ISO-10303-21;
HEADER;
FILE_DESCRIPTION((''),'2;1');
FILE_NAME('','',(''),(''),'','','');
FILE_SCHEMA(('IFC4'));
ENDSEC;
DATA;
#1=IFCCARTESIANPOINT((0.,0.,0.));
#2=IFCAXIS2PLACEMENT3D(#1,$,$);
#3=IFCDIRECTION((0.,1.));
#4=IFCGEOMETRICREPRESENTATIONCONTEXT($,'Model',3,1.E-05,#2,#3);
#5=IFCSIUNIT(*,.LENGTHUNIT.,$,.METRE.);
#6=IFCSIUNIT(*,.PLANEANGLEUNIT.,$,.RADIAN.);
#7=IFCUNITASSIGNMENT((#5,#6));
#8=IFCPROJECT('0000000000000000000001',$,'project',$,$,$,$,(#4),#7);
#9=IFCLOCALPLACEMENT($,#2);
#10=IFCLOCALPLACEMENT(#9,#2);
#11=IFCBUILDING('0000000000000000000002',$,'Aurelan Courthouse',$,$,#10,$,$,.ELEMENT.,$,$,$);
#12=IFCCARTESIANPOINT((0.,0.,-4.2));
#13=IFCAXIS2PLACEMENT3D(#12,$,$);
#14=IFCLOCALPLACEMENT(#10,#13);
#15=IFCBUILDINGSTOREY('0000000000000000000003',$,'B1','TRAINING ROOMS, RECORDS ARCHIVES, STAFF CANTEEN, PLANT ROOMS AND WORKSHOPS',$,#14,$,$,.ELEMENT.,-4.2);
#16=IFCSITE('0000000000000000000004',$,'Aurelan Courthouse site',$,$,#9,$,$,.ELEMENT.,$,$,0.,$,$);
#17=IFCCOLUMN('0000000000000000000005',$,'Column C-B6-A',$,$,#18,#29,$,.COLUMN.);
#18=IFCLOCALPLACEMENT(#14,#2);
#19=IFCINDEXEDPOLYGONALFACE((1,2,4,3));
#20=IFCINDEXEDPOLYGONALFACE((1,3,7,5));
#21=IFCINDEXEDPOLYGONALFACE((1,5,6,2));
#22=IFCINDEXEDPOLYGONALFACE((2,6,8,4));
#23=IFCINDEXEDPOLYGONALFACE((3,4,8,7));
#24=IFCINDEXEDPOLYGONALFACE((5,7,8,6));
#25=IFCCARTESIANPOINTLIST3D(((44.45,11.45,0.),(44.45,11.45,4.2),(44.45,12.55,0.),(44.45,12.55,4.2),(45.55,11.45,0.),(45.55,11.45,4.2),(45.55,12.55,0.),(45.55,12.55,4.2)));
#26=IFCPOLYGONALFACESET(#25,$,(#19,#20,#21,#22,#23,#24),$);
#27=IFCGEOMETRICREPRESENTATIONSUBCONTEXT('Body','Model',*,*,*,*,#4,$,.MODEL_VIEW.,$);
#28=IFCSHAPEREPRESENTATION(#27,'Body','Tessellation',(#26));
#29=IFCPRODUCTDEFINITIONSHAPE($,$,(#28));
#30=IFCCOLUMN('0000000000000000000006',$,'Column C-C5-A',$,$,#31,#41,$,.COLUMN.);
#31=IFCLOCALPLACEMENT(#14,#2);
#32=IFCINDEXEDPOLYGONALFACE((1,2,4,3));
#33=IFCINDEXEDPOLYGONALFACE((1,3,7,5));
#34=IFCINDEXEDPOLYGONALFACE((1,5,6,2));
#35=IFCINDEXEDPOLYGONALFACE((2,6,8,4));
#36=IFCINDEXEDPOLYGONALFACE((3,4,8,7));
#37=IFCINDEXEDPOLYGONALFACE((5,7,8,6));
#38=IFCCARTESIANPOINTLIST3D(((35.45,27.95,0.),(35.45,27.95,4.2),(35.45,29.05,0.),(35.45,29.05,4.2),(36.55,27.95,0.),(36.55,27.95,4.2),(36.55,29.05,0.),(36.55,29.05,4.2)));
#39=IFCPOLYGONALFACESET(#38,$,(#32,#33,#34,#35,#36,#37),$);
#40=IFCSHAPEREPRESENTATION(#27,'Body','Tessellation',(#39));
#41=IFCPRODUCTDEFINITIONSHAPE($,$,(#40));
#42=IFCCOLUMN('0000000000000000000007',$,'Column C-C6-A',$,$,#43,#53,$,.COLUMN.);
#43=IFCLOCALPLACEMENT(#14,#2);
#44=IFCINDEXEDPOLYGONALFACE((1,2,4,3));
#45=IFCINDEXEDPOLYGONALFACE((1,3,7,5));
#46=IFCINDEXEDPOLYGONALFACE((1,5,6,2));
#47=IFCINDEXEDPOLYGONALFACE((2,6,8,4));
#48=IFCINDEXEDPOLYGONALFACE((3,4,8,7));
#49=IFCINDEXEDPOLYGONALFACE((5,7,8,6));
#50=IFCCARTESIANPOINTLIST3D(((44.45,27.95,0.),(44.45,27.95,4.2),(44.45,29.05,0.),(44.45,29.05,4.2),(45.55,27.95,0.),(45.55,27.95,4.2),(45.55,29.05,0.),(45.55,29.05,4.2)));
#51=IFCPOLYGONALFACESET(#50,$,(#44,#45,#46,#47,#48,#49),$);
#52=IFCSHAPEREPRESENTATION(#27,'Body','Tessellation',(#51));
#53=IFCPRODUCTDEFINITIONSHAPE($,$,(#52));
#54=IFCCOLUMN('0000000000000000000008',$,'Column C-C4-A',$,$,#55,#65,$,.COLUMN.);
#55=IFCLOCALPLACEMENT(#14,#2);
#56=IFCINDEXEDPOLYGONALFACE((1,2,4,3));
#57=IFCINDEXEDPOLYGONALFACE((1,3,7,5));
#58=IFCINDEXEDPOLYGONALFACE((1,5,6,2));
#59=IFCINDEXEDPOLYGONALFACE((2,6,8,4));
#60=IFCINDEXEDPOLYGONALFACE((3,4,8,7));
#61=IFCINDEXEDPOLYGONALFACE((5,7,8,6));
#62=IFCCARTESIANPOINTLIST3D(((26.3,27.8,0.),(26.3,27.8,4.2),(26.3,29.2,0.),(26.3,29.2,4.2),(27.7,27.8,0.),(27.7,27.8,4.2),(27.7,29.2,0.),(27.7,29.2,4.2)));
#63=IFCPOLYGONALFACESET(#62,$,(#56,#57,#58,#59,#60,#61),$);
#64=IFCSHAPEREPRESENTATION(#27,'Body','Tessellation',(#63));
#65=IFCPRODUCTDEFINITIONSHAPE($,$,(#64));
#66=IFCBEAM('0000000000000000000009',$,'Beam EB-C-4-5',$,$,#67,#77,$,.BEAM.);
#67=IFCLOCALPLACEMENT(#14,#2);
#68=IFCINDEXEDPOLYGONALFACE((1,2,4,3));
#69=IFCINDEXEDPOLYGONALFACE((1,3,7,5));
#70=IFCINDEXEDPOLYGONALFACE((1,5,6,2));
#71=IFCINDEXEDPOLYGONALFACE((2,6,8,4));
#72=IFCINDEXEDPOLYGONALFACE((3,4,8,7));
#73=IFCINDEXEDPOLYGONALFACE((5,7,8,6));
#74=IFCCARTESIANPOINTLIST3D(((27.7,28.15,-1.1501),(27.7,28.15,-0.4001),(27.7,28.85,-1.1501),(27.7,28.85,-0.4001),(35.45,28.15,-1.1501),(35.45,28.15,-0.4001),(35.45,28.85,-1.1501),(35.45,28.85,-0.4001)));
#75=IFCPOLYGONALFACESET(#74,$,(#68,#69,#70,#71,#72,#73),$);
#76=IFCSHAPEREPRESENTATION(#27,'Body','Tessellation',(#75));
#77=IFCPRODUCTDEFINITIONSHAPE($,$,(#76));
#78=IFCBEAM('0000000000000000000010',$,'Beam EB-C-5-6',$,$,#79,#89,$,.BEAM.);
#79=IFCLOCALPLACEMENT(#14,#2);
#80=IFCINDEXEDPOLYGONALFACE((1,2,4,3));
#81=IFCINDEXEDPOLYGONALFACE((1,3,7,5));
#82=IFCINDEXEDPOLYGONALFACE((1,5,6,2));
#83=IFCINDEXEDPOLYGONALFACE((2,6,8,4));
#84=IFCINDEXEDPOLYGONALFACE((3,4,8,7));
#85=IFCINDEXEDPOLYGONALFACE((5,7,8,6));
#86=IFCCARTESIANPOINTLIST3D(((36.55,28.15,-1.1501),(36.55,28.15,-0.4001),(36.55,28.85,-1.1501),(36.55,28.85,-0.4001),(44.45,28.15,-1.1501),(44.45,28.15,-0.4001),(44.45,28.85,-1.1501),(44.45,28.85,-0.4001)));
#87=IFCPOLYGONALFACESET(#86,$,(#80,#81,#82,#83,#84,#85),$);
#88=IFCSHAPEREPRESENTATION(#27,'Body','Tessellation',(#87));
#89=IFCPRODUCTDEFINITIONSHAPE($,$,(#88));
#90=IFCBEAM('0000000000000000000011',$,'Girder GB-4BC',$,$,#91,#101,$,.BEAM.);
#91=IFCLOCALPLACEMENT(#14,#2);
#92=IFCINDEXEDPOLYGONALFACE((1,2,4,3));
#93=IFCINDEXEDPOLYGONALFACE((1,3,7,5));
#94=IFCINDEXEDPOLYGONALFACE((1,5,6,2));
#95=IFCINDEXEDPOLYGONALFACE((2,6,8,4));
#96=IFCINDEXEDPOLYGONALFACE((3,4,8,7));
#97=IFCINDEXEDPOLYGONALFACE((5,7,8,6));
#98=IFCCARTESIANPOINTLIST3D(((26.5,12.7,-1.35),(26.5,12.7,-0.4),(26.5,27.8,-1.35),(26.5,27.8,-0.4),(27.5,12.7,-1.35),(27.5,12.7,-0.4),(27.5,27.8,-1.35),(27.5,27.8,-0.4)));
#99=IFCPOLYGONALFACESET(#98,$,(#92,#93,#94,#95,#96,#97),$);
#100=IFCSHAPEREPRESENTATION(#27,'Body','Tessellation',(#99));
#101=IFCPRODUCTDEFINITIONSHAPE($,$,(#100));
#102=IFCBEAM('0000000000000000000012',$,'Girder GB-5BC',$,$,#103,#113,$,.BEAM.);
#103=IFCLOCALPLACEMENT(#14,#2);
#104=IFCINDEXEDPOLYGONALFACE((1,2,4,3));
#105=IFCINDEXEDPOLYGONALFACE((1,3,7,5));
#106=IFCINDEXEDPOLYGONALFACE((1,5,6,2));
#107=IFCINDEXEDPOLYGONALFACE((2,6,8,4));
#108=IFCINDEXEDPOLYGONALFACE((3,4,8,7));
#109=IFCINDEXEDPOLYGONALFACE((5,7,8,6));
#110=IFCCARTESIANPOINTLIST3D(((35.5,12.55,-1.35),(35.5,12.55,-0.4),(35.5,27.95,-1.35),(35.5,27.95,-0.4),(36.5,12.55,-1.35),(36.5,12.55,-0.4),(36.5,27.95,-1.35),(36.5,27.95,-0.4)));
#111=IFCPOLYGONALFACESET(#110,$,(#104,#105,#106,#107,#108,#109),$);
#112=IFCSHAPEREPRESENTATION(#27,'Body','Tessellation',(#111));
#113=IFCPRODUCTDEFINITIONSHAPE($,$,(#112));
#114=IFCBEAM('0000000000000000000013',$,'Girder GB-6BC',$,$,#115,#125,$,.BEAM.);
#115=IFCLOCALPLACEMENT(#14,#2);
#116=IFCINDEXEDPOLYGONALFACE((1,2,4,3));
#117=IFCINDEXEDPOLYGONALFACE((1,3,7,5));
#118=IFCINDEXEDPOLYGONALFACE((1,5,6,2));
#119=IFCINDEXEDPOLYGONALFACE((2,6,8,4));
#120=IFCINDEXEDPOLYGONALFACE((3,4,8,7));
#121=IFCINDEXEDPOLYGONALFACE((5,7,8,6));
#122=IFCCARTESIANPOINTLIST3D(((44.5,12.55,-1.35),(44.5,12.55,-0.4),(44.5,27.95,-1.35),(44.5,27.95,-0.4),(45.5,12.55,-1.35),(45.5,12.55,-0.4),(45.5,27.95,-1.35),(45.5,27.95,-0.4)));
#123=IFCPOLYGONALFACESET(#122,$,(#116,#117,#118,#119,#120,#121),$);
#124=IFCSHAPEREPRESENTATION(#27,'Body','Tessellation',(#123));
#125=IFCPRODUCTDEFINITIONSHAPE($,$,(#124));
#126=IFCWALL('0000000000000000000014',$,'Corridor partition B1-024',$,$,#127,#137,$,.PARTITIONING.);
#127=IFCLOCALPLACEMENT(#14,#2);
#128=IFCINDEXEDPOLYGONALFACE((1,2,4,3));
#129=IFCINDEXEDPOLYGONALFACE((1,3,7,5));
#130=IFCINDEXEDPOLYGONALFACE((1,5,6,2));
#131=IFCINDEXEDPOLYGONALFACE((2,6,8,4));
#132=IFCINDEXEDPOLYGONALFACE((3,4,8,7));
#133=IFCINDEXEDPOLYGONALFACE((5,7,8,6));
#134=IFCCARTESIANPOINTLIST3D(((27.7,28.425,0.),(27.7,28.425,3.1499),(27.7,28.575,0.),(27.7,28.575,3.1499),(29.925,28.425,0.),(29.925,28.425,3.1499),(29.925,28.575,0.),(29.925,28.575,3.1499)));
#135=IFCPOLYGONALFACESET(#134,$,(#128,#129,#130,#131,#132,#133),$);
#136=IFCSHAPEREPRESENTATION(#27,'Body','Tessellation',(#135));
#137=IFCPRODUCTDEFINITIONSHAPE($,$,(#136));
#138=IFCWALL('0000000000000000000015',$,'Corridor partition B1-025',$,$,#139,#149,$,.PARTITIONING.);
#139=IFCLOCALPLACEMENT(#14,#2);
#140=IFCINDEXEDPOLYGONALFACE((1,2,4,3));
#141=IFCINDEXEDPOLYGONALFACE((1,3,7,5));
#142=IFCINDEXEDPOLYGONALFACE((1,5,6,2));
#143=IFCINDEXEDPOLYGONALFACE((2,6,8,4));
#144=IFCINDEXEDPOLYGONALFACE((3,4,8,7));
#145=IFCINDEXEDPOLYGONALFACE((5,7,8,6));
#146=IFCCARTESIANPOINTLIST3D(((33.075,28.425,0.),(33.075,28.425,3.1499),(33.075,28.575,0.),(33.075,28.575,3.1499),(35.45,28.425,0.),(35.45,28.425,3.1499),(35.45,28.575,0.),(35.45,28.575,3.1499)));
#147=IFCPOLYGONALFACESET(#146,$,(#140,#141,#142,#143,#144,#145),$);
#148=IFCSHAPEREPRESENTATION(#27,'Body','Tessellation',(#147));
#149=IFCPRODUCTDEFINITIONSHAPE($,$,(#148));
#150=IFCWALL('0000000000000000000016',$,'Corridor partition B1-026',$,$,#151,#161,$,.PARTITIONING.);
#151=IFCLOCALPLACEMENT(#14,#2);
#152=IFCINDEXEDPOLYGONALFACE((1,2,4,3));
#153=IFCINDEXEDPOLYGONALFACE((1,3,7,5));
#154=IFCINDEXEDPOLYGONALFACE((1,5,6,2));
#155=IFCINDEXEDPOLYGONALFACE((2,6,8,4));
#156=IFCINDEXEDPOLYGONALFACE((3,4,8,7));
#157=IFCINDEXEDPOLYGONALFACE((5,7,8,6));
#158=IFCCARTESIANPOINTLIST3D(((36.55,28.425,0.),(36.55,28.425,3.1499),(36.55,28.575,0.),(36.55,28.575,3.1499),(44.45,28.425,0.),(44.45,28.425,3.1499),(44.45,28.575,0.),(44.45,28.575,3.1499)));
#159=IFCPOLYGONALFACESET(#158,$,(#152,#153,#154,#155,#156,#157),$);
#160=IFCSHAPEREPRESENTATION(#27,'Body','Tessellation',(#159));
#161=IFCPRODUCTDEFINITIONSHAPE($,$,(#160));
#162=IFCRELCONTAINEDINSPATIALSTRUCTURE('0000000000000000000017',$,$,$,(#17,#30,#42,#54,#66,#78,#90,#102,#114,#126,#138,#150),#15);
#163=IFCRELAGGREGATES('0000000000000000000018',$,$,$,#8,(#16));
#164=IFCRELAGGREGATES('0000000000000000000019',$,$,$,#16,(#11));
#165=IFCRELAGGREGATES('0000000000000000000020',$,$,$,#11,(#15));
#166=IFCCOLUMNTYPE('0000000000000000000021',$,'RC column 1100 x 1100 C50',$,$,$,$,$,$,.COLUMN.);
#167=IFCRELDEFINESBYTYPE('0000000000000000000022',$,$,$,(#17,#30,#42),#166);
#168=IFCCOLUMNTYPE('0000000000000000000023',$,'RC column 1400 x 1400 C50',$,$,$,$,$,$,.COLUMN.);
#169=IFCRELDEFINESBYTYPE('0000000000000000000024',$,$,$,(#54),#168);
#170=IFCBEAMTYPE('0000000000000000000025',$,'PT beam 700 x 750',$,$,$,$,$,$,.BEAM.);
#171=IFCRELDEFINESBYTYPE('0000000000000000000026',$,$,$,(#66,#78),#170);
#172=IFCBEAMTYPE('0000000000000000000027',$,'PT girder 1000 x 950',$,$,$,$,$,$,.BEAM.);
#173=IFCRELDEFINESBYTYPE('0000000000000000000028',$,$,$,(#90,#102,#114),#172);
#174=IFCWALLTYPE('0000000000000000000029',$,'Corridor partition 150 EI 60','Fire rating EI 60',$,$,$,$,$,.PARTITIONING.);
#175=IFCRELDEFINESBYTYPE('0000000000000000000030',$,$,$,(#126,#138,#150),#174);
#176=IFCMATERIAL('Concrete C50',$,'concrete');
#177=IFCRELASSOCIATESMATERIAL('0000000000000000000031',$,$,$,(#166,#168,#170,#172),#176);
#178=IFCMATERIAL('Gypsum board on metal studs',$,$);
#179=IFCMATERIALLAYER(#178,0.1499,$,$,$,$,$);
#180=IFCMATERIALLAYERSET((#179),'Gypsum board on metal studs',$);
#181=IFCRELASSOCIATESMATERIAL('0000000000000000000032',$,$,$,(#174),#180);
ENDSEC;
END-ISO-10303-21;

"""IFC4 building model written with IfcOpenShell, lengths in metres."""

from ifc_helpers import new_model, si_unit, direction, frame, frame_2d, origin, origin_2d, place, context, subcontext, project, spatial, rectangle, extrude, material, layer, layer_set, material_profile, profile_set, type_object, element, save


model = new_model("IFC4")

# Units and contexts
model_context = context("Model", 3, precision=1e-05, world=origin(), true_north=direction((0.0, 1.0)))
body_context = subcontext(model_context, "Body", "Model", "MODEL_VIEW")
ifc_project = project(units=[si_unit("LENGTHUNIT", "METRE"), si_unit("PLANEANGLEUNIT", "RADIAN")], contexts=[model_context])

# Site, building, storey
site_placement = place(None, origin())
site = spatial("IfcSite", under=ifc_project, at=site_placement, Name="Aurelan Courthouse site", CompositionType="ELEMENT", RefElevation=0.0)
building_placement = place(site_placement, origin())
building = spatial("IfcBuilding", under=site, at=building_placement, Name="Aurelan Courthouse", CompositionType="ELEMENT")
storey_placement = place(building_placement, frame((0.0, 0.0, -4.2)))
storey = spatial("IfcBuildingStorey", under=building, at=storey_placement, Name="B1", Description="TRAINING ROOMS, RECORDS ARCHIVES, STAFF CANTEEN, PLANT ROOMS AND WORKSHOPS", CompositionType="ELEMENT", Elevation=-4.2)

# Columns
ifc_material_1 = material(Name="Concrete C50", Category="concrete")
ifc_material_profile_1 = material_profile(ifc_material_1, rectangle(XDim=1.1001, YDim=1.1001, at=origin_2d()), Name="RC 1100 x 1100")
ifc_profile_set_1 = profile_set([ifc_material_profile_1], Name="Concrete C50")
column_type_1 = type_object("IfcColumnType", Name="RC column 1100 x 1100 C50", PredefinedType="COLUMN", material=ifc_profile_set_1)
for number, where, z_axis, x_axis, name in (
    (1, (45.0, 12.0, 0.0), (0.0, 0.0, 1.0), (1.0, 0.0, 0.0), "Column C-B6-A"),
    (2, (36.0, 28.5, 0.0), (0.0, 0.0, 1.0), (1.0, 0.0, 0.0), "Column C-C5-A"),
    (3, (45.0, 28.5, 0.0), (0.0, 0.0, 1.0), (1.0, 0.0, 0.0), "Column C-C6-A"),
):
    element("IfcColumn", number, at=place(storey_placement, frame(where, z_axis=z_axis, x_axis=x_axis)), inside=storey, type_object=column_type_1, Name=name, PredefinedType="COLUMN", context=body_context, shape_type="SweptSolid", body=[
        extrude(rectangle(XDim=1.1001, YDim=1.1001, at=origin_2d()), origin(), (0.0, 0.0, 1.0), 4.2),
    ])
ifc_material_profile_2 = material_profile(ifc_material_1, rectangle(XDim=1.3999, YDim=1.3999, at=origin_2d()), Name="RC 1400 x 1400")
ifc_profile_set_2 = profile_set([ifc_material_profile_2], Name="Concrete C50")
column_type_2 = type_object("IfcColumnType", Name="RC column 1400 x 1400 C50", PredefinedType="COLUMN", material=ifc_profile_set_2)
column_placement = place(storey_placement, frame((27.0, 28.5, 0.0), z_axis=(0.0, 0.0, 1.0), x_axis=(1.0, 0.0, 0.0)))
element("IfcColumn", 4, at=column_placement, inside=storey, type_object=column_type_2, Name="Column C-C4-A", PredefinedType="COLUMN", context=body_context, shape_type="SweptSolid", body=[
    extrude(rectangle(XDim=1.3999, YDim=1.3999, at=origin_2d()), origin(), (0.0, 0.0, 1.0), 4.2),
])

# Beams
ifc_material_profile_3 = material_profile(ifc_material_1, rectangle(XDim=0.7, YDim=0.75, at=origin_2d()), Name="RC 700 x 750")
ifc_profile_set_3 = profile_set([ifc_material_profile_3], Name="Concrete C50")
beam_type_1 = type_object("IfcBeamType", Name="PT beam 700 x 750", PredefinedType="BEAM", material=ifc_profile_set_3)
beam_1_placement = place(storey_placement, frame((27.7, 28.5, -0.7751), z_axis=(1.0, 0.0, 0.0), x_axis=(0.0, 1.0, 0.0)))
element("IfcBeam", 5, at=beam_1_placement, inside=storey, type_object=beam_type_1, Name="Beam EB-C-4-5", PredefinedType="BEAM", context=body_context, shape_type="SweptSolid", body=[
    extrude(rectangle(XDim=0.7, YDim=0.75, at=origin_2d()), origin(), (0.0, 0.0, 1.0), 7.75),
])
beam_2_placement = place(storey_placement, frame((36.55, 28.5, -0.7751), z_axis=(1.0, 0.0, 0.0), x_axis=(0.0, 1.0, 0.0)))
element("IfcBeam", 6, at=beam_2_placement, inside=storey, type_object=beam_type_1, Name="Beam EB-C-5-6", PredefinedType="BEAM", context=body_context, shape_type="SweptSolid", body=[
    extrude(rectangle(XDim=0.7, YDim=0.75, at=origin_2d()), origin(), (0.0, 0.0, 1.0), 7.8999),
])
ifc_material_profile_4 = material_profile(ifc_material_1, rectangle(XDim=1.0, YDim=0.95, at=origin_2d()), Name="RC 1000 x 950")
ifc_profile_set_4 = profile_set([ifc_material_profile_4], Name="Concrete C50")
beam_type_2 = type_object("IfcBeamType", Name="PT girder 1000 x 950", PredefinedType="BEAM", material=ifc_profile_set_4)
beam_3_placement = place(storey_placement, frame((27.0, 12.7, -0.875), z_axis=(0.0, 1.0, 0.0), x_axis=(-1.0, 0.0, 0.0)))
element("IfcBeam", 7, at=beam_3_placement, inside=storey, type_object=beam_type_2, Name="Girder GB-4BC", PredefinedType="BEAM", context=body_context, shape_type="SweptSolid", body=[
    extrude(rectangle(XDim=1.0, YDim=0.95, at=origin_2d()), origin(), (0.0, 0.0, 1.0), 15.1001),
])
for number, where, z_axis, x_axis, name in (
    (8, (36.0, 12.55, -0.875), (0.0, 1.0, 0.0), (-1.0, 0.0, 0.0), "Girder GB-5BC"),
    (9, (45.0, 12.55, -0.875), (0.0, 1.0, 0.0), (-1.0, 0.0, 0.0), "Girder GB-6BC"),
):
    element("IfcBeam", number, at=place(storey_placement, frame(where, z_axis=z_axis, x_axis=x_axis)), inside=storey, type_object=beam_type_2, Name=name, PredefinedType="BEAM", context=body_context, shape_type="SweptSolid", body=[
        extrude(rectangle(XDim=1.0, YDim=0.95, at=origin_2d()), origin(), (0.0, 0.0, 1.0), 15.3999),
    ])

# Walls
ifc_material_2 = material(Name="Gypsum board on metal studs")
ifc_layer_1 = layer(ifc_material_2, 0.1499)
ifc_layer_set_1 = layer_set([ifc_layer_1], Name="Gypsum board on metal studs")
wall_type_1 = type_object("IfcWallType", Name="Corridor partition 150 EI 60", Description="Fire rating EI 60", PredefinedType="PARTITIONING", material=ifc_layer_set_1)
wall_1_placement = place(storey_placement, frame((27.7, 28.5, 0.0), z_axis=(0.0, 0.0, 1.0), x_axis=(1.0, 0.0, 0.0)))
element("IfcWall", 10, at=wall_1_placement, inside=storey, type_object=wall_type_1, Name="Corridor partition B1-024", PredefinedType="PARTITIONING", context=body_context, shape_type="SweptSolid", body=[
    extrude(rectangle(XDim=2.2251, YDim=0.1499, at=frame_2d((1.1125, 0.0))), origin(), (0.0, 0.0, 1.0), 3.1499),
])
wall_2_placement = place(storey_placement, frame((33.075, 28.5, 0.0), z_axis=(0.0, 0.0, 1.0), x_axis=(1.0, 0.0, 0.0)))
element("IfcWall", 11, at=wall_2_placement, inside=storey, type_object=wall_type_1, Name="Corridor partition B1-025", PredefinedType="PARTITIONING", context=body_context, shape_type="SweptSolid", body=[
    extrude(rectangle(XDim=2.375, YDim=0.1499, at=frame_2d((1.1875, 0.0))), origin(), (0.0, 0.0, 1.0), 3.1499),
])
wall_3_placement = place(storey_placement, frame((36.55, 28.5, 0.0), z_axis=(0.0, 0.0, 1.0), x_axis=(1.0, 0.0, 0.0)))
element("IfcWall", 12, at=wall_3_placement, inside=storey, type_object=wall_type_1, Name="Corridor partition B1-026", PredefinedType="PARTITIONING", context=body_context, shape_type="SweptSolid", body=[
    extrude(rectangle(XDim=7.8999, YDim=0.1499, at=frame_2d((3.95, 0.0))), origin(), (0.0, 0.0, 1.0), 3.1499),
])

save(model, "model.ifc")
